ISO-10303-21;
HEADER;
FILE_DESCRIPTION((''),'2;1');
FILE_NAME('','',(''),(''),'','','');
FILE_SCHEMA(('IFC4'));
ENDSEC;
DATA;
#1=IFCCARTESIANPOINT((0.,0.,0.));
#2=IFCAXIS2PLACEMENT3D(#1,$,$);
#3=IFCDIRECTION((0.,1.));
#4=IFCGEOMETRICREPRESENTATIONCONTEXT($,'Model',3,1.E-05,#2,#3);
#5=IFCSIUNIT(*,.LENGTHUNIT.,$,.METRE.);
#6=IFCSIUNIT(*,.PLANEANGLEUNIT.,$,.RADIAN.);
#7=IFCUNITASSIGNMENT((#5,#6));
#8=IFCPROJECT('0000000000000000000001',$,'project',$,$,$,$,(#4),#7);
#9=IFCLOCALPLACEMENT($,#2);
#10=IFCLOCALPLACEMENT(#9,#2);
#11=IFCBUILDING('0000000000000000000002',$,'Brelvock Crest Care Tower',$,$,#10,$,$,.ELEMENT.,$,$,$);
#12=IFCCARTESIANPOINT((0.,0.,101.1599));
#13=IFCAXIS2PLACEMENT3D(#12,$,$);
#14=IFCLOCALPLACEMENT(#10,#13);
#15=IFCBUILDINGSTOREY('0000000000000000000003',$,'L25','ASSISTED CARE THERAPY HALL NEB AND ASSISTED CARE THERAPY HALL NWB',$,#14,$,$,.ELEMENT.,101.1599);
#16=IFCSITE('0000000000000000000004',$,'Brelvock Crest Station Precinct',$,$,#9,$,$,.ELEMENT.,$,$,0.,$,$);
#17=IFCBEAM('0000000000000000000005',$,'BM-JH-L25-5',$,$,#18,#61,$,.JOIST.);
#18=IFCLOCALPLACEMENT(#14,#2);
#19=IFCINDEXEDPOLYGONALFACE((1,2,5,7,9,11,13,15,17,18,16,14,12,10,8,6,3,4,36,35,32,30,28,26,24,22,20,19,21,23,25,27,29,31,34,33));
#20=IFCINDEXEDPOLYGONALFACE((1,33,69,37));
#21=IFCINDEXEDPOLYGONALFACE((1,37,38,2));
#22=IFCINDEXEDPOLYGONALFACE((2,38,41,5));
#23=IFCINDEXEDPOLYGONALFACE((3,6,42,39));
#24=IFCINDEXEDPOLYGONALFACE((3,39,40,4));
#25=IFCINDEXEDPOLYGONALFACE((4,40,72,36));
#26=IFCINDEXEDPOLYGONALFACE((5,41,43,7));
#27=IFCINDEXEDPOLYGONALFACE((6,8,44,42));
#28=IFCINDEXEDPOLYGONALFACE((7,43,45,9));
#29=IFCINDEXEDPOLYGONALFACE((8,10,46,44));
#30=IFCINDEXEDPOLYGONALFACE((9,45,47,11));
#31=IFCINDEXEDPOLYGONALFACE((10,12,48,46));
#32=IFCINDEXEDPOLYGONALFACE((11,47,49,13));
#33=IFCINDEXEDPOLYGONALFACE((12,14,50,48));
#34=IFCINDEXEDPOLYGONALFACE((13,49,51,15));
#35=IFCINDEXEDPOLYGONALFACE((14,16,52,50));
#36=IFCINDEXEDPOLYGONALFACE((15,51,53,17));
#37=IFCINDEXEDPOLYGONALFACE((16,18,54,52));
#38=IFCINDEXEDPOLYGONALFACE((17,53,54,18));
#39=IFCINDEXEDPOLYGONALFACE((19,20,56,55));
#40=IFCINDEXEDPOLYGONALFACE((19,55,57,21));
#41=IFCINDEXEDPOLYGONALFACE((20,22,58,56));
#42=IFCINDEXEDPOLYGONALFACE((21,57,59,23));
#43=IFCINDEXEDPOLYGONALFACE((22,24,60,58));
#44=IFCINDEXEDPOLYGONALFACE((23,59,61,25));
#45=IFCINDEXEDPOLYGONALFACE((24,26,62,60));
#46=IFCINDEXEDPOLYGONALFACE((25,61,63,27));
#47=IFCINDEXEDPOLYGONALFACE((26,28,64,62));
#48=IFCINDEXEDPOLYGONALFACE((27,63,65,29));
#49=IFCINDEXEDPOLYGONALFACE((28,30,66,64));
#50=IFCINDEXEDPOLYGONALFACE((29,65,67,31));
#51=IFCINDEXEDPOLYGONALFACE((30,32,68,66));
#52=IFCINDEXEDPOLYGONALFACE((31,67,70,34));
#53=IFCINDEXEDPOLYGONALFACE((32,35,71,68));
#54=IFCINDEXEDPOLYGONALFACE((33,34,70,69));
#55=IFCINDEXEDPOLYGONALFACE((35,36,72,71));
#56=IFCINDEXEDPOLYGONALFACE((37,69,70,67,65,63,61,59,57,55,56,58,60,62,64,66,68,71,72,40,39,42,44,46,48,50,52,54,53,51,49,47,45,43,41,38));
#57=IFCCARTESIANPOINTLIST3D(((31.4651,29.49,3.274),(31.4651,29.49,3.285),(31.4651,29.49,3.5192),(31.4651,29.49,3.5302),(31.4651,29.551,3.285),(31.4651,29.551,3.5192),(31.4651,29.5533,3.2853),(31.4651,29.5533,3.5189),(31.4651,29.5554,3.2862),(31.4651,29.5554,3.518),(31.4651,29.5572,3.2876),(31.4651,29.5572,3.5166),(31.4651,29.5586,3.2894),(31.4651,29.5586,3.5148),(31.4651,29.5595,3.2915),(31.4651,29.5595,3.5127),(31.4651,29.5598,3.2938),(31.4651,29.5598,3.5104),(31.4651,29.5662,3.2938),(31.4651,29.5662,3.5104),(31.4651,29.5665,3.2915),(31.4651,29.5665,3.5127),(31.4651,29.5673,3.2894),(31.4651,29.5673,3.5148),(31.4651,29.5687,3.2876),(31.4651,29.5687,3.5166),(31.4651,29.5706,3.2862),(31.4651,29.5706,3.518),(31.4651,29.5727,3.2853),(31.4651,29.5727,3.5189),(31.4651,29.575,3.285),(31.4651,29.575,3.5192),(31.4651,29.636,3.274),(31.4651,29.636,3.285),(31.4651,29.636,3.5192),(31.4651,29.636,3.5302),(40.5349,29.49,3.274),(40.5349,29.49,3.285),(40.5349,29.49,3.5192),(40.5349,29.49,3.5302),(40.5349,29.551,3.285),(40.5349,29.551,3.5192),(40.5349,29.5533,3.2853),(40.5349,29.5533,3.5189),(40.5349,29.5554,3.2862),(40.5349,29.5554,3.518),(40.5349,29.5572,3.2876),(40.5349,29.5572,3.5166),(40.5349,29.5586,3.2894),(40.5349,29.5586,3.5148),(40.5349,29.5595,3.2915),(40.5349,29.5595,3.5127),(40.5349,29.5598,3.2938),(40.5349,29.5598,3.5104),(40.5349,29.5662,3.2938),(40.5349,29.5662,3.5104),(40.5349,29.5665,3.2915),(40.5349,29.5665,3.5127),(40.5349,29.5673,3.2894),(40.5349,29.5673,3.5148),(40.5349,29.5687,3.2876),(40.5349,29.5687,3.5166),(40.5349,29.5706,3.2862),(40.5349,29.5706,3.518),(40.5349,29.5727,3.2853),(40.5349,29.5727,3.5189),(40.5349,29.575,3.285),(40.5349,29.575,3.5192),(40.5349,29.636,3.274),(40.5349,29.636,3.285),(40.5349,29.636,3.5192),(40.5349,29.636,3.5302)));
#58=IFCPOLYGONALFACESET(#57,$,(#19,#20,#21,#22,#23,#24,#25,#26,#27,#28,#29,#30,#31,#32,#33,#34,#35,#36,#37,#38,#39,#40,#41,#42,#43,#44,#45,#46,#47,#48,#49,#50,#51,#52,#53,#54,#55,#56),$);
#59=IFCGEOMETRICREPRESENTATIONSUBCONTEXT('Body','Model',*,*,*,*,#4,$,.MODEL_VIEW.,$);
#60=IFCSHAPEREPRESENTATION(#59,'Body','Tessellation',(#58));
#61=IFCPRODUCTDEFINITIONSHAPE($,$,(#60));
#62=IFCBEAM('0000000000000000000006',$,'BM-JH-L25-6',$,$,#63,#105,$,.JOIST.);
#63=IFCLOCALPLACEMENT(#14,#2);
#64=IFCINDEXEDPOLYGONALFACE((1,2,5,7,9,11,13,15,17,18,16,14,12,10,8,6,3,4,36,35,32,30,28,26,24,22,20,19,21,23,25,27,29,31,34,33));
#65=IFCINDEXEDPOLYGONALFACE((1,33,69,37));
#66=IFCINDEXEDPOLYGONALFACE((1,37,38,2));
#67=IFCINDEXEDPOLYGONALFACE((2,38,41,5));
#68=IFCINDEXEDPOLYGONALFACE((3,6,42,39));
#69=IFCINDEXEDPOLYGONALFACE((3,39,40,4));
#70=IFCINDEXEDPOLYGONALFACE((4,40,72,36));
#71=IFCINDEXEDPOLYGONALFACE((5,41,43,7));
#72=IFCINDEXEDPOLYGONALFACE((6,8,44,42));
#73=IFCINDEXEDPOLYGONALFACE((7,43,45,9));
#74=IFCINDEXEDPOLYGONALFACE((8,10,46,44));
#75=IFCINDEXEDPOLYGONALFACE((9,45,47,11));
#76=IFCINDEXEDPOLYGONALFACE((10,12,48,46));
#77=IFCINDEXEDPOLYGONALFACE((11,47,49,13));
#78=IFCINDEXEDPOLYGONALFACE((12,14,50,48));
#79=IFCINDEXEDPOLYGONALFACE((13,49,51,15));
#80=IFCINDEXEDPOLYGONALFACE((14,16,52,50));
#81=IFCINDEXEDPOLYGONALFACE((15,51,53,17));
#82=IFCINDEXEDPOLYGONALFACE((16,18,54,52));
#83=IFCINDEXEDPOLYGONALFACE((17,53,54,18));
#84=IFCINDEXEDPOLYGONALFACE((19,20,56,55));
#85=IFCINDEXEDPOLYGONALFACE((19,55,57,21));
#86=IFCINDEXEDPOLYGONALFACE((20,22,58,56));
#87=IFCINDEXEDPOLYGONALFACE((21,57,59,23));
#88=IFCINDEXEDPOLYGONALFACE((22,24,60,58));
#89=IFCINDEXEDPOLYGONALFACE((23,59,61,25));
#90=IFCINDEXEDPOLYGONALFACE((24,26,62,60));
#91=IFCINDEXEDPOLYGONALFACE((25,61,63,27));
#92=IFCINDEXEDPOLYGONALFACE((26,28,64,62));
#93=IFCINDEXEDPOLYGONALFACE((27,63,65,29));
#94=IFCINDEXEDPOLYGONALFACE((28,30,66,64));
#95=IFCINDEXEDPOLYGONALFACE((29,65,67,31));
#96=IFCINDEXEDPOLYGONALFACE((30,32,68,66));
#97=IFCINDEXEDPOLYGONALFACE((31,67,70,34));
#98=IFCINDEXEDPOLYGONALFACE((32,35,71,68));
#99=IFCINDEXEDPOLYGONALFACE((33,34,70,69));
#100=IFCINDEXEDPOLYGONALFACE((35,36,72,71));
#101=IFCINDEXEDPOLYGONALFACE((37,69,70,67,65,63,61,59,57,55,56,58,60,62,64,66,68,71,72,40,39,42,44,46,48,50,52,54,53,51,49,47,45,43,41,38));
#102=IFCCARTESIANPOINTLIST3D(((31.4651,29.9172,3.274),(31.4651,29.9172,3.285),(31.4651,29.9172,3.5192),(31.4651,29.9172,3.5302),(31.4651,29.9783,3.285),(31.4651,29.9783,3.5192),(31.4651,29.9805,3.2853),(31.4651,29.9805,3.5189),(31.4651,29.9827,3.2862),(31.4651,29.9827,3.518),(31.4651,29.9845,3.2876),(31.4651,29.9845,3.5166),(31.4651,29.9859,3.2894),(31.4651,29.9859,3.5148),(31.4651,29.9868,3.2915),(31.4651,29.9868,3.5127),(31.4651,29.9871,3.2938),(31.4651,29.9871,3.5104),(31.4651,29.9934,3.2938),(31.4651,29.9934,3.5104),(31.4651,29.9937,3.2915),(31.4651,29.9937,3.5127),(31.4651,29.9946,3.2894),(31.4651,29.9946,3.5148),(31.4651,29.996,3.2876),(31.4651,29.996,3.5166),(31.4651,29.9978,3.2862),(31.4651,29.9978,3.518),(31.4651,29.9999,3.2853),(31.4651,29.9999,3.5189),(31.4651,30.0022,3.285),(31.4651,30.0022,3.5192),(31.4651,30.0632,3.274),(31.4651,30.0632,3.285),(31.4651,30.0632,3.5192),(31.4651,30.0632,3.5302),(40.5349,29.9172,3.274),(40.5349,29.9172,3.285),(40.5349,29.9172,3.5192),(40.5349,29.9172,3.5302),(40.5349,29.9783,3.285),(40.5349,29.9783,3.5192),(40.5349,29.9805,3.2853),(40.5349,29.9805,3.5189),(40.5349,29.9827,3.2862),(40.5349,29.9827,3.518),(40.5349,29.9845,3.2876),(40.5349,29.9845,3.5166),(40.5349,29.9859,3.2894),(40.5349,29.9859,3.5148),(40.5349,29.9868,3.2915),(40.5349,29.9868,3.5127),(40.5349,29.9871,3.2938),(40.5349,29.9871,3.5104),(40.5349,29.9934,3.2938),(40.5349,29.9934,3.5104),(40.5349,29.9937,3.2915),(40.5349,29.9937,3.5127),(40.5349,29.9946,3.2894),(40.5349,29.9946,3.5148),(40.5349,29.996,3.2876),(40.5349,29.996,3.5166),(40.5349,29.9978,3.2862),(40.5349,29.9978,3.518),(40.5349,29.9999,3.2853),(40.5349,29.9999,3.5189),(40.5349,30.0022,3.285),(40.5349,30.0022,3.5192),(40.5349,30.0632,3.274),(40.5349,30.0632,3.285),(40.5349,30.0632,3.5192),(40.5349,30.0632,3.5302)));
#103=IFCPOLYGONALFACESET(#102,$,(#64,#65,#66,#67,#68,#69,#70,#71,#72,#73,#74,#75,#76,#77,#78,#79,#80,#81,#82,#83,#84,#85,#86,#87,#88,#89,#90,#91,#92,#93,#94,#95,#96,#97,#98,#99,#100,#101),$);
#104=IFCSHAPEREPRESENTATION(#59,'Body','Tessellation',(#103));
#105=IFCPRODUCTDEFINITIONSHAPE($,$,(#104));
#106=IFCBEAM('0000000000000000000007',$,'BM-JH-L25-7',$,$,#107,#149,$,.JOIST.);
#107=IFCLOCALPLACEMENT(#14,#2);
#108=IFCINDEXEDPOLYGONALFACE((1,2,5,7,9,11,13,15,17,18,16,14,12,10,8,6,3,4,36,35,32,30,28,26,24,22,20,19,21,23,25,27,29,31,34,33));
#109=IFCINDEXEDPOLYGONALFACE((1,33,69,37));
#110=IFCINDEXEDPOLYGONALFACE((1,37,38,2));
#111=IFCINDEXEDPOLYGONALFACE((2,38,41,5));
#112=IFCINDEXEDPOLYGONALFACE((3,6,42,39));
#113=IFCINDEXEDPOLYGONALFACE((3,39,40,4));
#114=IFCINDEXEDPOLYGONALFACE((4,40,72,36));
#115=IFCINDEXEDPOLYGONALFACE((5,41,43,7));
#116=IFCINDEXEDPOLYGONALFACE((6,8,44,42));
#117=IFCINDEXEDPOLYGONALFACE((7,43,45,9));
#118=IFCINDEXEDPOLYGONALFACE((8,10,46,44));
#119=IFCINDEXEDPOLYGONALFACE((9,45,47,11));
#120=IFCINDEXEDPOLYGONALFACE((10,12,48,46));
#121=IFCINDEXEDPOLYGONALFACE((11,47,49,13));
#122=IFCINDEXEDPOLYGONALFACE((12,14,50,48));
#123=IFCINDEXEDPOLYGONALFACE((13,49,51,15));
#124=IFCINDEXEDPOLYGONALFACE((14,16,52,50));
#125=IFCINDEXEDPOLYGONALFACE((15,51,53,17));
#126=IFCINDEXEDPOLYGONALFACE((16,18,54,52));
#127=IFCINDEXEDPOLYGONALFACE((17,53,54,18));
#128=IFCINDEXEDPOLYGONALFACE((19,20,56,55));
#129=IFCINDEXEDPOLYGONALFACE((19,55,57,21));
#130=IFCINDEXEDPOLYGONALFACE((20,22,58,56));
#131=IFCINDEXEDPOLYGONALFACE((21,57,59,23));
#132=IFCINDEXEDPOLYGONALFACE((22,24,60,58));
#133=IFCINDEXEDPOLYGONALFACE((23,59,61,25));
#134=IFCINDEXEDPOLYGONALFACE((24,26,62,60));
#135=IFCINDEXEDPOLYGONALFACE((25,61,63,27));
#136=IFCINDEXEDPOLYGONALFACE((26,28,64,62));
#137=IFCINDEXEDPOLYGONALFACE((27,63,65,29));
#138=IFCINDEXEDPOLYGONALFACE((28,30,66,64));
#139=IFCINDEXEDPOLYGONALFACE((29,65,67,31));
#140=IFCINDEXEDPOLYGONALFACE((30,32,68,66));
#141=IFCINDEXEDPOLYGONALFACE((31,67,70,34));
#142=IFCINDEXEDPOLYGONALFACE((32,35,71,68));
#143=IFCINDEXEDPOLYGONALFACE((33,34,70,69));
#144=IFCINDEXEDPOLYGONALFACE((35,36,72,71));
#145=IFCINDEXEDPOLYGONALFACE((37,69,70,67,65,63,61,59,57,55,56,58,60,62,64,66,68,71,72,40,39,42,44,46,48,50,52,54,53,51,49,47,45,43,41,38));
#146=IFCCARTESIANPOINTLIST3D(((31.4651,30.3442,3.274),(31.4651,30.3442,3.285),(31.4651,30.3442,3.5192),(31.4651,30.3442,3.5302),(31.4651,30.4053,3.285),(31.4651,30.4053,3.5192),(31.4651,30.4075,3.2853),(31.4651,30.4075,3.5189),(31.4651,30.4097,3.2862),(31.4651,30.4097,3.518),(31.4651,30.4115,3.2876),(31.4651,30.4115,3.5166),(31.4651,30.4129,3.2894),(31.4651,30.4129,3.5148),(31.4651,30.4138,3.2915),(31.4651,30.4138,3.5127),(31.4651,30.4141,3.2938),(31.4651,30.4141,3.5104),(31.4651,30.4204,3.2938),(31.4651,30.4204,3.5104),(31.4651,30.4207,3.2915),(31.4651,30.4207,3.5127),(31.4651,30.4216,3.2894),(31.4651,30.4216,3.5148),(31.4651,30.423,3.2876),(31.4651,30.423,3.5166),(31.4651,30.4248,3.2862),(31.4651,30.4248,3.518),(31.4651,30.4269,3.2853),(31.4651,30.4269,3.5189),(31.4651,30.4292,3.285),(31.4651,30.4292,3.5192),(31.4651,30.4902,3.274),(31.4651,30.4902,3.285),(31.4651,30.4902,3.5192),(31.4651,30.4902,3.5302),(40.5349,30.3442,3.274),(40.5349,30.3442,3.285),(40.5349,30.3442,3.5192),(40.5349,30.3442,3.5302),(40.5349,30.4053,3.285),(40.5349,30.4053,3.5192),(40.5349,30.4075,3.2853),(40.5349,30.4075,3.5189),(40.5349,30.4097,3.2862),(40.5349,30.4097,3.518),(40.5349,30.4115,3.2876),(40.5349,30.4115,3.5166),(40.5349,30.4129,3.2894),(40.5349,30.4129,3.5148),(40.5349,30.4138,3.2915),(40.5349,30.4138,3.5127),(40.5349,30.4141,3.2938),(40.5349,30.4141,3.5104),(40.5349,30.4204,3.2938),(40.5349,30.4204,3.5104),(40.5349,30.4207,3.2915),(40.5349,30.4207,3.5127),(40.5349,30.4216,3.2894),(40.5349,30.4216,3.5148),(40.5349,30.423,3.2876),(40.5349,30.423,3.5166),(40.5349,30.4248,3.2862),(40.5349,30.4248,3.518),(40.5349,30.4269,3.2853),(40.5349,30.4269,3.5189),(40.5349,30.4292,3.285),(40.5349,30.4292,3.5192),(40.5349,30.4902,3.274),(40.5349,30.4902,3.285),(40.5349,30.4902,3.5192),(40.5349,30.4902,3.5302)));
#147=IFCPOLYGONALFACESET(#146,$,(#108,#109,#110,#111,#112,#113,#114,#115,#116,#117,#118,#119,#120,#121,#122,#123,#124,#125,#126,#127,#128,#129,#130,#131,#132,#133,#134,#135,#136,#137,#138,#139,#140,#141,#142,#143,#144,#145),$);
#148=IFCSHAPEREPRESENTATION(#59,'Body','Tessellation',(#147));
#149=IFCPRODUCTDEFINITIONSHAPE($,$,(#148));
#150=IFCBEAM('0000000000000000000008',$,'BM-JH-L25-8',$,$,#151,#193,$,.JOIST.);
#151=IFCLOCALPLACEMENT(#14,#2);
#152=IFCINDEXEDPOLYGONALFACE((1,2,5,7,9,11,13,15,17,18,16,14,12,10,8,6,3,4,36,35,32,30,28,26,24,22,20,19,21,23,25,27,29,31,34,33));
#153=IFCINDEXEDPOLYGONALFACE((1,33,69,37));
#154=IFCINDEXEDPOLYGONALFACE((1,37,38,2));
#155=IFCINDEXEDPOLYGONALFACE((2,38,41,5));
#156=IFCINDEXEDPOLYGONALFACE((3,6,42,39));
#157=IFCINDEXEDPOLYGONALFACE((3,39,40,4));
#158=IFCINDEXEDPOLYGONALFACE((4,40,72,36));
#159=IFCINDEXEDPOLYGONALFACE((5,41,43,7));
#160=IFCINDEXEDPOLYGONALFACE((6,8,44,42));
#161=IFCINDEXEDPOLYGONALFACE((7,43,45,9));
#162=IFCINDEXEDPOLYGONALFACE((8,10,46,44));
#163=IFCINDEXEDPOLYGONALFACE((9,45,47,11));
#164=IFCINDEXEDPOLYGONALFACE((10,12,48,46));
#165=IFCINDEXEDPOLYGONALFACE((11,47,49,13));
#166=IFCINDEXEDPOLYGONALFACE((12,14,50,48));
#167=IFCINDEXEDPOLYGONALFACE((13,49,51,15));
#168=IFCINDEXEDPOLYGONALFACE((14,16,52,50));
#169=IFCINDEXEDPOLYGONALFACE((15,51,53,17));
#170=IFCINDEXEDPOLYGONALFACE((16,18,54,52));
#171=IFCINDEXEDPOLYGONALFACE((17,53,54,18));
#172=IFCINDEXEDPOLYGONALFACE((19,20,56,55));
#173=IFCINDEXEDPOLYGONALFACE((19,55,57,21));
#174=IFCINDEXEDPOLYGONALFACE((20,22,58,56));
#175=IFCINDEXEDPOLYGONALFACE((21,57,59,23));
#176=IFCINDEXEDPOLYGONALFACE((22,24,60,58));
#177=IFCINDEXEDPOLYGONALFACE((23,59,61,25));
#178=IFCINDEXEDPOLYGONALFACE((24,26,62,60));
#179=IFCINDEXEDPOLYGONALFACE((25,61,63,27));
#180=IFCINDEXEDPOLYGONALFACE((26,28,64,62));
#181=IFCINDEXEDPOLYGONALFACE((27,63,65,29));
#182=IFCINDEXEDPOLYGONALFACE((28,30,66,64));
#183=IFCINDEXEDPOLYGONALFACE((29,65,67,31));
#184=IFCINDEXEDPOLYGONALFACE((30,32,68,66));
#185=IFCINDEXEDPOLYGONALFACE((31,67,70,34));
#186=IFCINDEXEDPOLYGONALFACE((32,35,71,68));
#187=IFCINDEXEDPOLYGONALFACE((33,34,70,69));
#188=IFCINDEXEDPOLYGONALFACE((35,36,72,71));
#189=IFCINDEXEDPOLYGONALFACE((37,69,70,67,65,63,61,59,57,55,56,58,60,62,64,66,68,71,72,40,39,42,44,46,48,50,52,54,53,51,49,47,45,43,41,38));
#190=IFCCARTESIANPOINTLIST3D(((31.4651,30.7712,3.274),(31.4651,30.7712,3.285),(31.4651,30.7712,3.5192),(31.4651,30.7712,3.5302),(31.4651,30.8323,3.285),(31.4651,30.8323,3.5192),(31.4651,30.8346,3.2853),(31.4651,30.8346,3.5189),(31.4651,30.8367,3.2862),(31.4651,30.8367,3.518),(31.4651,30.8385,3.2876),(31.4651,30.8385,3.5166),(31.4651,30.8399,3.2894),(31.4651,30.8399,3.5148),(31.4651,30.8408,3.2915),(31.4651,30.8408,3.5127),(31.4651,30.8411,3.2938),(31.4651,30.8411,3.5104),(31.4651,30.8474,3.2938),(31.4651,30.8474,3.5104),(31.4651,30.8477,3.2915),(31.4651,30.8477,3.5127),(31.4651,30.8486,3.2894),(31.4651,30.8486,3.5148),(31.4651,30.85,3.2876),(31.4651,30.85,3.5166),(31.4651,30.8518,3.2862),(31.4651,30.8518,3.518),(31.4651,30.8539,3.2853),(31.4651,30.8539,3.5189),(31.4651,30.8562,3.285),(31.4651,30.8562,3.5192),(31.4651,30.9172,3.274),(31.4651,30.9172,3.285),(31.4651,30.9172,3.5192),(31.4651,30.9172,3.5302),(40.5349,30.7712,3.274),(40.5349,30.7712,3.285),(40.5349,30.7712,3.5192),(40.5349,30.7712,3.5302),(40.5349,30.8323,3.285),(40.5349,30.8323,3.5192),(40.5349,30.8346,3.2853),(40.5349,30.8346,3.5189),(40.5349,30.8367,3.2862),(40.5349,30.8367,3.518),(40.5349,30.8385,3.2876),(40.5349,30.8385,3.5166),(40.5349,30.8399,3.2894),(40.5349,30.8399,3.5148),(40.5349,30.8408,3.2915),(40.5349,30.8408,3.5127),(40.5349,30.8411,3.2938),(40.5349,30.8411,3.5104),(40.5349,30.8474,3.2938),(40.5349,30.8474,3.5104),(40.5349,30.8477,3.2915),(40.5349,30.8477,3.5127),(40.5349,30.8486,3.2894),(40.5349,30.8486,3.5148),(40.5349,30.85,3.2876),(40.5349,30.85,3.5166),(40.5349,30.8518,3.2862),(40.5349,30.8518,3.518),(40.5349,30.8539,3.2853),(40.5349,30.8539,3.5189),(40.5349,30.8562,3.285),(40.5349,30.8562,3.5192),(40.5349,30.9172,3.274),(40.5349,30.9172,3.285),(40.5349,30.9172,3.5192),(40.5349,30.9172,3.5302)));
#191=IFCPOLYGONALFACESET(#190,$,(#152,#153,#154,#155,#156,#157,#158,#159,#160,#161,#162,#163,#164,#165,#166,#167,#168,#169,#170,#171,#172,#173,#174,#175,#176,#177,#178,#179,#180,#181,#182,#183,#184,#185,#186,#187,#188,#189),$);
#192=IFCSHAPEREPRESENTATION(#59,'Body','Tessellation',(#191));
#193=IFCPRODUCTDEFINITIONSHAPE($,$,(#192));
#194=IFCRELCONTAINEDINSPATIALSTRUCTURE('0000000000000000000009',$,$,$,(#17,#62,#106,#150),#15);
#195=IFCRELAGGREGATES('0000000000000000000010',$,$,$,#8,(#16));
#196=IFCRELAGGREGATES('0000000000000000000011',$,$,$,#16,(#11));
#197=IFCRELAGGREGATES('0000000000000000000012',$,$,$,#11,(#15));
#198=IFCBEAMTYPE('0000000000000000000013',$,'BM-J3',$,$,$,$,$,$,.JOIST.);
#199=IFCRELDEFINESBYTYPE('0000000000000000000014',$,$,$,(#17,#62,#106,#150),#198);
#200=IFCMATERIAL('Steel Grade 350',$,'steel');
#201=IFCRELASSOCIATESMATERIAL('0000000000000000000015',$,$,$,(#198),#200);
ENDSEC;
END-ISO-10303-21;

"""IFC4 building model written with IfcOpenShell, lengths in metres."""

from ifc_helpers import new_model, si_unit, direction, frame, origin, origin_2d, place, context, subcontext, project, spatial, i_section, extrude, source, transform, mapped, material, material_profile, profile_set, type_object, element, save


model = new_model("IFC4")

# Units and contexts
model_context = context("Model", 3, precision=1e-05, world=origin(), true_north=direction((0.0, 1.0)))
body_context = subcontext(model_context, "Body", "Model", "MODEL_VIEW")
ifc_project = project(units=[si_unit("LENGTHUNIT", "METRE"), si_unit("PLANEANGLEUNIT", "RADIAN")], contexts=[model_context])

# Site, building, storey
site_placement = place(None, origin())
site = spatial("IfcSite", under=ifc_project, at=site_placement, Name="Brelvock Crest Station Precinct", CompositionType="ELEMENT", RefElevation=0.0)
building_placement = place(site_placement, origin())
building = spatial("IfcBuilding", under=site, at=building_placement, Name="Brelvock Crest Care Tower", CompositionType="ELEMENT")
storey_placement = place(building_placement, frame((0.0, 0.0, 101.1599)))
storey = spatial("IfcBuildingStorey", under=building, at=storey_placement, Name="L25", Description="ASSISTED CARE THERAPY HALL NEB AND ASSISTED CARE THERAPY HALL NWB", CompositionType="ELEMENT", Elevation=101.1599)

# Shared definitions
ifc_material_1 = material(Name="Steel Grade 350", Category="steel")

# Beams
ifc_material_profile_1 = material_profile(ifc_material_1, i_section(OverallWidth=0.146, OverallDepth=0.2561, WebThickness=0.0063, FlangeThickness=0.011, FilletRadius=0.0088, at=origin_2d()), Name="250UB37.3")
ifc_profile_set_1 = profile_set([ifc_material_profile_1], Name="Steel Grade 350")
beam_type_1 = type_object("IfcBeamType", Name="BM-J3", PredefinedType="JOIST", material=ifc_profile_set_1)
shared_shape_1 = source(origin(), body_context, "Body", "SweptSolid", [
    extrude(i_section(OverallWidth=0.146, OverallDepth=0.2561, WebThickness=0.0063, FlangeThickness=0.011, FilletRadius=0.0088, at=origin_2d()), origin(), (0.0, 0.0, 1.0), 9.0698),
])
for number, where, z_axis, x_axis, name in (
    (1, (31.4651, 29.563, 3.4021), (1.0, 0.0, 0.0), (0.0, 1.0, 0.0), "BM-JH-L25-5"),
    (2, (31.4651, 29.9902, 3.4021), (1.0, 0.0, 0.0), (0.0, 1.0, 0.0), "BM-JH-L25-6"),
    (3, (31.4651, 30.4172, 3.4021), (1.0, 0.0, 0.0), (0.0, 1.0, 0.0), "BM-JH-L25-7"),
    (4, (31.4651, 30.8442, 3.4021), (1.0, 0.0, 0.0), (0.0, 1.0, 0.0), "BM-JH-L25-8"),
):
    element("IfcBeam", number, at=place(storey_placement, frame(where, z_axis=z_axis, x_axis=x_axis)), inside=storey, type_object=beam_type_1, Name=name, PredefinedType="JOIST", context=body_context, shape_type="MappedRepresentation", body=[
        mapped(shared_shape_1, transform((0.0, 0.0, 0.0), x_axis=(1.0, 0.0, 0.0), y_axis=(0.0, 1.0, 0.0), z_axis=(0.0, 0.0, 1.0), scale=1.0)),
    ])

save(model, "model.ifc")
